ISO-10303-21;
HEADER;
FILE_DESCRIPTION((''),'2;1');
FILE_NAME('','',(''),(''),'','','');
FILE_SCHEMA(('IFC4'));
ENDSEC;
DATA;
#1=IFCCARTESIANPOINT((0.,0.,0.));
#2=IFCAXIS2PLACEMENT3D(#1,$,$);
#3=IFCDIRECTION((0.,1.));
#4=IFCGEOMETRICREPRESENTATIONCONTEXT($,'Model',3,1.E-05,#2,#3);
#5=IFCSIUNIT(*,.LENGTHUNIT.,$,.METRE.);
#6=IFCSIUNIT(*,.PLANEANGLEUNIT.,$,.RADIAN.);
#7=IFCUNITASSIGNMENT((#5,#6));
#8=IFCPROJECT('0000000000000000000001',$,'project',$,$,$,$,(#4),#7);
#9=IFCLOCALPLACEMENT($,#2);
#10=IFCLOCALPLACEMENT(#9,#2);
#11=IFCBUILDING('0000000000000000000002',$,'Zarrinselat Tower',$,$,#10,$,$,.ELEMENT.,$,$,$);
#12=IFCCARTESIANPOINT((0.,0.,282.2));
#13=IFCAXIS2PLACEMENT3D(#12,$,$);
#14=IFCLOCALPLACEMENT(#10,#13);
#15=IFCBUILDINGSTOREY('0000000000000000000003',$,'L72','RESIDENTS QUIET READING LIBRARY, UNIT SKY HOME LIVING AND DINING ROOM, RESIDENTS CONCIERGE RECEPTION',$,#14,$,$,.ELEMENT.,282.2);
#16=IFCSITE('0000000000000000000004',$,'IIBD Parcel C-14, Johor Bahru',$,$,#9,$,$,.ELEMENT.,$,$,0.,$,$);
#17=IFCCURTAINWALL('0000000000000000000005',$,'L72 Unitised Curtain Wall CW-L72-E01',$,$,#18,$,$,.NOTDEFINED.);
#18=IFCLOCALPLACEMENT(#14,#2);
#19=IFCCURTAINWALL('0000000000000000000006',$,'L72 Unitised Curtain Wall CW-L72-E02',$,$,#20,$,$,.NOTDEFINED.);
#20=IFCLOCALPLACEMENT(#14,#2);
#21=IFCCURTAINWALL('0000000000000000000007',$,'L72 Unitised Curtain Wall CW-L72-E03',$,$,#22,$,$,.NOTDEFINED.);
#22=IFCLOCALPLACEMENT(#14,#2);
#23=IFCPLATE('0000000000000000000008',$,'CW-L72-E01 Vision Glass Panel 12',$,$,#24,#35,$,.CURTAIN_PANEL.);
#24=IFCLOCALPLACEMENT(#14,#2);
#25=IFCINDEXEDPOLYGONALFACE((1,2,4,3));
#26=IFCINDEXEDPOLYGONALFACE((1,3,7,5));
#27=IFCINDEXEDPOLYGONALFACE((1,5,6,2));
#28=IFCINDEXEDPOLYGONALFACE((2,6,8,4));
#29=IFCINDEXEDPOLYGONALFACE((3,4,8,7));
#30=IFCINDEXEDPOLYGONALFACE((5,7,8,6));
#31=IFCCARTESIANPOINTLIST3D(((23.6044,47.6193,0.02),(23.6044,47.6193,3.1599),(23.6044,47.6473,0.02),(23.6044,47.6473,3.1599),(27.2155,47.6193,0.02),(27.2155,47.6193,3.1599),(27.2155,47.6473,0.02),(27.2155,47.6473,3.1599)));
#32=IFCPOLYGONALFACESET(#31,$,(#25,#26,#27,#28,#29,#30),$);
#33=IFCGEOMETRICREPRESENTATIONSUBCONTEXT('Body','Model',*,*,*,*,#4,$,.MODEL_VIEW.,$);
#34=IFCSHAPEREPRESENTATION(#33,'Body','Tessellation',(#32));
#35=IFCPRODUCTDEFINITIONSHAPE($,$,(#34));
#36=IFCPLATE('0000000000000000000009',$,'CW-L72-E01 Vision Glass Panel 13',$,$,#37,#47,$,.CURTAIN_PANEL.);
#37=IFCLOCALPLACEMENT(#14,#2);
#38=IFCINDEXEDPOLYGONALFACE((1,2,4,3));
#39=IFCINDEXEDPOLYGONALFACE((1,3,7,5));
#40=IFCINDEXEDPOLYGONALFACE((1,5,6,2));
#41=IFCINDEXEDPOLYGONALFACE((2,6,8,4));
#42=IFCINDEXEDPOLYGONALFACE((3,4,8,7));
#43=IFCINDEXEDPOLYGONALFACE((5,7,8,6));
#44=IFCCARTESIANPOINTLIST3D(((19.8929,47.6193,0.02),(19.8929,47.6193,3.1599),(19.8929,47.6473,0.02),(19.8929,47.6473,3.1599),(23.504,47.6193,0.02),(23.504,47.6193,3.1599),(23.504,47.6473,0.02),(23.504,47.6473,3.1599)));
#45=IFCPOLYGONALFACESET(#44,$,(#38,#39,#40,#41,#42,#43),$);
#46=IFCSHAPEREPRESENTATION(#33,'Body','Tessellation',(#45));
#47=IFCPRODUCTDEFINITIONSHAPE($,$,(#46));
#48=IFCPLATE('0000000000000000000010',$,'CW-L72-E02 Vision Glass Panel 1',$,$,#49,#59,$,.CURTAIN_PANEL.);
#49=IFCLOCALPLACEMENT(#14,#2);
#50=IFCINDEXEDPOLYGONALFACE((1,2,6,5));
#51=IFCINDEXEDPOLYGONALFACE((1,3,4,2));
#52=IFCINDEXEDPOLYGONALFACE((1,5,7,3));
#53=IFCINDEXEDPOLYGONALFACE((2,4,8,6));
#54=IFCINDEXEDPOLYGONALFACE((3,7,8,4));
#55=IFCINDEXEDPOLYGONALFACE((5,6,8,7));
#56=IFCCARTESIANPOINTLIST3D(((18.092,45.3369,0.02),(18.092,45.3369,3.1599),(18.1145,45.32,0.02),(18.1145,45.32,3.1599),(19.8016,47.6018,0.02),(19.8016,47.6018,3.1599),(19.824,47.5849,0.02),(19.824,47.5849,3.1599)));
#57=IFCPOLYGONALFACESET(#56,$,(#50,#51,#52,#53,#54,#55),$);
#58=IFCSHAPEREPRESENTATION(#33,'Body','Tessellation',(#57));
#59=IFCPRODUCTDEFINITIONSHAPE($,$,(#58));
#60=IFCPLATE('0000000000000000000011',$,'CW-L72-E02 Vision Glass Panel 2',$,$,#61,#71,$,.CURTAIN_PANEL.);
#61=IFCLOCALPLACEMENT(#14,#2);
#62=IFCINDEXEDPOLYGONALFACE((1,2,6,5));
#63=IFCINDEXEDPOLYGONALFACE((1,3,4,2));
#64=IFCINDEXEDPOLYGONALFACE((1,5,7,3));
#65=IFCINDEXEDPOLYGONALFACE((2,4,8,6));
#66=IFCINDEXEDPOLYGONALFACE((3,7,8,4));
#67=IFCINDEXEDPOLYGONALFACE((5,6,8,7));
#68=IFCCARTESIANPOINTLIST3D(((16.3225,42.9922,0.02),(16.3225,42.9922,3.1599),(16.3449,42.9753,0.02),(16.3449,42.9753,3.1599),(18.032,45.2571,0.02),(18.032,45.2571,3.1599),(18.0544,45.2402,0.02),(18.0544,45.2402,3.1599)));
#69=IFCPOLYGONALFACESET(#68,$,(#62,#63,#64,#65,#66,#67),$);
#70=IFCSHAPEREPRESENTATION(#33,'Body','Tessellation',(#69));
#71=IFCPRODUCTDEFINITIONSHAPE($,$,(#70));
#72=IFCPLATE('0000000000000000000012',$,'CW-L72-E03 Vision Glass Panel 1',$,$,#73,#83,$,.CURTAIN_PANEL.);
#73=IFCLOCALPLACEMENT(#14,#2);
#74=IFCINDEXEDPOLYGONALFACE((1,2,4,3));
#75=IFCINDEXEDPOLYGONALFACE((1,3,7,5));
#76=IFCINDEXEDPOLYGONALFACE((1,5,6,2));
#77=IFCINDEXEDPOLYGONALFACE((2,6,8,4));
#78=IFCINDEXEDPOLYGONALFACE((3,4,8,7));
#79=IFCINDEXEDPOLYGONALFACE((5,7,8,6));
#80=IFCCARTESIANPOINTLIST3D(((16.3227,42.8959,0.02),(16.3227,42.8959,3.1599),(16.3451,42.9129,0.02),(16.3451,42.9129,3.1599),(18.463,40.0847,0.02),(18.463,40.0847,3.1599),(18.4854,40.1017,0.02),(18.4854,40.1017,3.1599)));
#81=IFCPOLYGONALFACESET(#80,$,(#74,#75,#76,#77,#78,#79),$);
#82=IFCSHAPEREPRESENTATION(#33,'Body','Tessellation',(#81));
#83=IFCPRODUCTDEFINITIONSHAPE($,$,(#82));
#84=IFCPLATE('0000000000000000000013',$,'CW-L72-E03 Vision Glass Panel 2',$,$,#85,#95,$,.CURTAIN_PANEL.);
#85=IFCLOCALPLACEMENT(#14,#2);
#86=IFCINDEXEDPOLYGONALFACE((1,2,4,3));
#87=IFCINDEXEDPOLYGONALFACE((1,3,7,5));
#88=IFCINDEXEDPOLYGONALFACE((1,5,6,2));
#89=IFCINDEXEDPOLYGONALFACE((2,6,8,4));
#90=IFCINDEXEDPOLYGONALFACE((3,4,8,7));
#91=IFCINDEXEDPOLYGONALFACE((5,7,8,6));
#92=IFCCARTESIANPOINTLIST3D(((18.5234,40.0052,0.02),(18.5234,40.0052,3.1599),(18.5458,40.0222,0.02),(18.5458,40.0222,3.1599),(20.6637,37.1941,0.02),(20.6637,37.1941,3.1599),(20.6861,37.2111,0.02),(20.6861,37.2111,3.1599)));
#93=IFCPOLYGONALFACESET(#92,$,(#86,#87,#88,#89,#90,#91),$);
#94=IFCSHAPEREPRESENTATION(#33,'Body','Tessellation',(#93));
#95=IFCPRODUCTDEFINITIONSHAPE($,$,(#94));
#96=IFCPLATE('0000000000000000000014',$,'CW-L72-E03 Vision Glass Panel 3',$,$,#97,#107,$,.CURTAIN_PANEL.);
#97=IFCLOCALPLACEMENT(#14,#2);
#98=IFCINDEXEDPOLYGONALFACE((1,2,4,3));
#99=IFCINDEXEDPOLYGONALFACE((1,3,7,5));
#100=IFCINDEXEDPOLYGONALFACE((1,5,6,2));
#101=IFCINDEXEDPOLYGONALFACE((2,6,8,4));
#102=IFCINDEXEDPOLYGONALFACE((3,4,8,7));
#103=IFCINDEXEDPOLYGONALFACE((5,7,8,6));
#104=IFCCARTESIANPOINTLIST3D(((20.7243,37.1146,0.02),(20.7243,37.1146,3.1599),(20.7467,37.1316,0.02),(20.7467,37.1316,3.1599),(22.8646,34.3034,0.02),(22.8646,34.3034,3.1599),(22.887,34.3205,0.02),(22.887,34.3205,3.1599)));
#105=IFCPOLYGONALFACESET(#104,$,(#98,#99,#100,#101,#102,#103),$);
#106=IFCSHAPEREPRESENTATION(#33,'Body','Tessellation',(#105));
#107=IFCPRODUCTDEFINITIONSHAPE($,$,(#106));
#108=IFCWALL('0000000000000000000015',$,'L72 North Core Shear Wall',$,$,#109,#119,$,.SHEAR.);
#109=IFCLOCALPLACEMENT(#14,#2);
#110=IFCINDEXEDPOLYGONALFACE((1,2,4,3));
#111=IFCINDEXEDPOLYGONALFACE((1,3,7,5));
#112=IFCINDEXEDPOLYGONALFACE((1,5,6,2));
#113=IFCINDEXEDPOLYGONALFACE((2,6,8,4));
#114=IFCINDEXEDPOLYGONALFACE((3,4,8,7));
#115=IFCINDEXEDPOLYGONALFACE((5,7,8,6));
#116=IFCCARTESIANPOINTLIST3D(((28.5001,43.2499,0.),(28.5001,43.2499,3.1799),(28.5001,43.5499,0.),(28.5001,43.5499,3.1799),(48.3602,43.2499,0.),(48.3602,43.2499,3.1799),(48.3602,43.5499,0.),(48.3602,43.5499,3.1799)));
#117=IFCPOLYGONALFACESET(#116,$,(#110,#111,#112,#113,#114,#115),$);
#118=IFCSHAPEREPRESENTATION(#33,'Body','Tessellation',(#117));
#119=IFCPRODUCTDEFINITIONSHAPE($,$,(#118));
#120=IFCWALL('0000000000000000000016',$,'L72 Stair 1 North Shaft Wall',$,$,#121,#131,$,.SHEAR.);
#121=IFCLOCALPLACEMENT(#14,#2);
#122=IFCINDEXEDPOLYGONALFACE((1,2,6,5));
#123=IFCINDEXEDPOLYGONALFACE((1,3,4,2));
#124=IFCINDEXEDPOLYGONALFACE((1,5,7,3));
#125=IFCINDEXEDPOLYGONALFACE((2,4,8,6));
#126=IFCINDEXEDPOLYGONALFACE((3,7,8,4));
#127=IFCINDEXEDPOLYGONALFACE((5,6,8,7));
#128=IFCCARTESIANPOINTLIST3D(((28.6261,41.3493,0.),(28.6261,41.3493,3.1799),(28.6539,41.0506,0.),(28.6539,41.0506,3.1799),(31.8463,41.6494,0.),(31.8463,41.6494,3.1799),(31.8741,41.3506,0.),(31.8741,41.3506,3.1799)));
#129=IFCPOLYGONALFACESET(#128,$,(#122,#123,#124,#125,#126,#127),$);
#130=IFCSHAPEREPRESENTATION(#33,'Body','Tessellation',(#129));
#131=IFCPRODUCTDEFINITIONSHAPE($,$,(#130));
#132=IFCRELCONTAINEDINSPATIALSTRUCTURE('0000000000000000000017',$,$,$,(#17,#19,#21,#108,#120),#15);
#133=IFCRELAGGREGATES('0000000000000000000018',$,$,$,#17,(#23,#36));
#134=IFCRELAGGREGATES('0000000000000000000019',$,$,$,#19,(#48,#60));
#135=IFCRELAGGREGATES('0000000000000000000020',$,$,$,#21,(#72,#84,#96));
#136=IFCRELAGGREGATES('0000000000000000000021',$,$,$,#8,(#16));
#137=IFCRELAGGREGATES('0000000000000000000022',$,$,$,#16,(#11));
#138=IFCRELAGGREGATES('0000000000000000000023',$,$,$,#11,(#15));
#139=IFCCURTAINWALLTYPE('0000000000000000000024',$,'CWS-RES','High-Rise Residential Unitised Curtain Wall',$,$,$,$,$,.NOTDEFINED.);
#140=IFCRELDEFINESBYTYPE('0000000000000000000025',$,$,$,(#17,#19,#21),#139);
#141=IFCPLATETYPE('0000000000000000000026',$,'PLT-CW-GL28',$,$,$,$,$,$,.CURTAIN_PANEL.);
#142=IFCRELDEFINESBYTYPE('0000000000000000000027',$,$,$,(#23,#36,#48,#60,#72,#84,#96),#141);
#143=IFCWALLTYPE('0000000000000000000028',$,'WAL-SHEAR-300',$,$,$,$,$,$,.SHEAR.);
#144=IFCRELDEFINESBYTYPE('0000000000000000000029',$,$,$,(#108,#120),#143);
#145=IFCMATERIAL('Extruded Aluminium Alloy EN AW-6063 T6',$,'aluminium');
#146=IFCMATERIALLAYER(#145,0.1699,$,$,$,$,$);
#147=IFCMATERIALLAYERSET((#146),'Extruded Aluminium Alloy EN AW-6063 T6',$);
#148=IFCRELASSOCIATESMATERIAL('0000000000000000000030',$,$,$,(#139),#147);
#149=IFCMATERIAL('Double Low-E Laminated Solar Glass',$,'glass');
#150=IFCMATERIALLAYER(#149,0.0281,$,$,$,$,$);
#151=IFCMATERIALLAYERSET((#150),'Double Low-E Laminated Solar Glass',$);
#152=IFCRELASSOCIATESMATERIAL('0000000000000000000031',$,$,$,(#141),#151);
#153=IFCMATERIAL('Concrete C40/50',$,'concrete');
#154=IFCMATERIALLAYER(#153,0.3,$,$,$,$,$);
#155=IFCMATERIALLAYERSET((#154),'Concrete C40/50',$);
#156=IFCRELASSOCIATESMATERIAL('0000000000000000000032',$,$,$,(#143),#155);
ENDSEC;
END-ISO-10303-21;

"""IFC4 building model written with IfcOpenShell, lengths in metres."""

from ifc_helpers import new_model, si_unit, direction, frame, frame_2d, origin, origin_2d, place, context, subcontext, project, spatial, rectangle, extrude, material, layer, layer_set, type_object, element, aggregate, save


model = new_model("IFC4")

# Units and contexts
model_context = context("Model", 3, precision=1e-05, world=origin(), true_north=direction((0.0, 1.0)))
body_context = subcontext(model_context, "Body", "Model", "MODEL_VIEW")
ifc_project = project(units=[si_unit("LENGTHUNIT", "METRE"), si_unit("PLANEANGLEUNIT", "RADIAN")], contexts=[model_context])

# Site, building, storey
site_placement = place(None, origin())
site = spatial("IfcSite", under=ifc_project, at=site_placement, Name="IIBD Parcel C-14, Johor Bahru", CompositionType="ELEMENT", RefElevation=0.0)
building_placement = place(site_placement, origin())
building = spatial("IfcBuilding", under=site, at=building_placement, Name="Zarrinselat Tower", CompositionType="ELEMENT")
storey_placement = place(building_placement, frame((0.0, 0.0, 282.2)))
storey = spatial("IfcBuildingStorey", under=building, at=storey_placement, Name="L72", Description="RESIDENTS QUIET READING LIBRARY, UNIT SKY HOME LIVING AND DINING ROOM, RESIDENTS CONCIERGE RECEPTION", CompositionType="ELEMENT", Elevation=282.2)

# Curtain walls
ifc_material_1 = material(Name="Extruded Aluminium Alloy EN AW-6063 T6", Category="aluminium")
ifc_layer_1 = layer(ifc_material_1, 0.1699)
ifc_layer_set_1 = layer_set([ifc_layer_1], Name="Extruded Aluminium Alloy EN AW-6063 T6")
curtain_wall_type = type_object("IfcCurtainWallType", Name="CWS-RES", Description="High-Rise Residential Unitised Curtain Wall", PredefinedType="NOTDEFINED", material=ifc_layer_set_1)
curtain_wall_1_placement = place(storey_placement, origin())
curtain_wall_1 = element("IfcCurtainWall", 1, at=curtain_wall_1_placement, inside=storey, type_object=curtain_wall_type, Name="L72 Unitised Curtain Wall CW-L72-E01", PredefinedType="NOTDEFINED")
curtain_wall_2_placement = place(storey_placement, origin())
curtain_wall_2 = element("IfcCurtainWall", 2, at=curtain_wall_2_placement, inside=storey, type_object=curtain_wall_type, Name="L72 Unitised Curtain Wall CW-L72-E02", PredefinedType="NOTDEFINED")
curtain_wall_3_placement = place(storey_placement, origin())
curtain_wall_3 = element("IfcCurtainWall", 3, at=curtain_wall_3_placement, inside=storey, type_object=curtain_wall_type, Name="L72 Unitised Curtain Wall CW-L72-E03", PredefinedType="NOTDEFINED")

# Plates
ifc_material_2 = material(Name="Double Low-E Laminated Solar Glass", Category="glass")
ifc_layer_2 = layer(ifc_material_2, 0.0281)
ifc_layer_set_2 = layer_set([ifc_layer_2], Name="Double Low-E Laminated Solar Glass")
plate_type = type_object("IfcPlateType", Name="PLT-CW-GL28", PredefinedType="CURTAIN_PANEL", material=ifc_layer_set_2)
plate_1_placement = place(storey_placement, frame((25.4099, 47.6333, 0.02), z_axis=(0.0, 0.0, 1.0), x_axis=(-1.0, 0.0, 0.0)))
plate_1 = element("IfcPlate", 4, at=plate_1_placement, type_object=plate_type, Name="CW-L72-E01 Vision Glass Panel 12", PredefinedType="CURTAIN_PANEL", context=body_context, shape_type="SweptSolid", body=[
    extrude(rectangle(XDim=3.6111, YDim=0.0281, at=origin_2d()), origin(), (0.0, 0.0, 1.0), 3.1399),
])
plate_2_placement = place(storey_placement, frame((21.6985, 47.6333, 0.02), z_axis=(0.0, 0.0, 1.0), x_axis=(-1.0, 0.0, 0.0)))
plate_2 = element("IfcPlate", 5, at=plate_2_placement, type_object=plate_type, Name="CW-L72-E01 Vision Glass Panel 13", PredefinedType="CURTAIN_PANEL", context=body_context, shape_type="SweptSolid", body=[
    extrude(rectangle(XDim=3.6111, YDim=0.0281, at=origin_2d()), origin(), (0.0, 0.0, 1.0), 3.1399),
])
aggregate(curtain_wall_1, [plate_1, plate_2])
plate_3_placement = place(storey_placement, frame((18.958, 46.4609, 0.02), z_axis=(0.0, 0.0, 1.0), x_axis=(-0.60244, -0.798164, 0.0)))
plate_3 = element("IfcPlate", 6, at=plate_3_placement, type_object=plate_type, Name="CW-L72-E02 Vision Glass Panel 1", PredefinedType="CURTAIN_PANEL", context=body_context, shape_type="SweptSolid", body=[
    extrude(rectangle(XDim=2.8376, YDim=0.0281, at=origin_2d()), origin(), (0.0, 0.0, 1.0), 3.1399),
])
plate_4_placement = place(storey_placement, frame((17.1885, 44.1162, 0.02), z_axis=(0.0, 0.0, 1.0), x_axis=(-0.60244, -0.798164, 0.0)))
plate_4 = element("IfcPlate", 7, at=plate_4_placement, type_object=plate_type, Name="CW-L72-E02 Vision Glass Panel 2", PredefinedType="CURTAIN_PANEL", context=body_context, shape_type="SweptSolid", body=[
    extrude(rectangle(XDim=2.8376, YDim=0.0281, at=origin_2d()), origin(), (0.0, 0.0, 1.0), 3.1399),
])
aggregate(curtain_wall_2, [plate_3, plate_4])
plate_5_placement = place(storey_placement, frame((17.4041, 41.4988, 0.02), z_axis=(0.0, 0.0, 1.0), x_axis=(0.605767, -0.795642, 0.0)))
plate_5 = element("IfcPlate", 8, at=plate_5_placement, type_object=plate_type, Name="CW-L72-E03 Vision Glass Panel 1", PredefinedType="CURTAIN_PANEL", context=body_context, shape_type="SweptSolid", body=[
    extrude(rectangle(XDim=3.5332, YDim=0.0281, at=origin_2d()), origin(), (0.0, 0.0, 1.0), 3.1399),
])
plate_6_placement = place(storey_placement, frame((19.6047, 38.6082, 0.02), z_axis=(0.0, 0.0, 1.0), x_axis=(0.605767, -0.795642, 0.0)))
plate_6 = element("IfcPlate", 9, at=plate_6_placement, type_object=plate_type, Name="CW-L72-E03 Vision Glass Panel 2", PredefinedType="CURTAIN_PANEL", context=body_context, shape_type="SweptSolid", body=[
    extrude(rectangle(XDim=3.5332, YDim=0.0281, at=origin_2d()), origin(), (0.0, 0.0, 1.0), 3.1399),
])
plate_7_placement = place(storey_placement, frame((21.8057, 35.7175, 0.02), z_axis=(0.0, 0.0, 1.0), x_axis=(0.605767, -0.795642, 0.0)))
plate_7 = element("IfcPlate", 10, at=plate_7_placement, type_object=plate_type, Name="CW-L72-E03 Vision Glass Panel 3", PredefinedType="CURTAIN_PANEL", context=body_context, shape_type="SweptSolid", body=[
    extrude(rectangle(XDim=3.5332, YDim=0.0281, at=origin_2d()), origin(), (0.0, 0.0, 1.0), 3.1399),
])
aggregate(curtain_wall_3, [plate_5, plate_6, plate_7])

# Walls
ifc_material_3 = material(Name="Concrete C40/50", Category="concrete")
ifc_layer_3 = layer(ifc_material_3, 0.3)
ifc_layer_set_3 = layer_set([ifc_layer_3], Name="Concrete C40/50")
wall_type = type_object("IfcWallType", Name="WAL-SHEAR-300", PredefinedType="SHEAR", material=ifc_layer_set_3)
wall_1_placement = place(storey_placement, frame((28.5, 43.3999, 0.0), z_axis=(0.0, 0.0, 1.0), x_axis=(1.0, 0.0, 0.0)))
element("IfcWall", 11, at=wall_1_placement, inside=storey, type_object=wall_type, Name="L72 North Core Shear Wall", PredefinedType="SHEAR", context=body_context, shape_type="SweptSolid", body=[
    extrude(rectangle(XDim=19.8601, YDim=0.3, at=frame_2d((9.9302, 0.0))), origin(), (0.0, 0.0, 1.0), 3.1799),
])
wall_2_placement = place(storey_placement, frame((28.6399, 41.2, 0.0), z_axis=(0.0, 0.0, 1.0), x_axis=(0.995687, 0.092775, 0.0)))
element("IfcWall", 12, at=wall_2_placement, inside=storey, type_object=wall_type, Name="L72 Stair 1 North Shaft Wall", PredefinedType="SHEAR", context=body_context, shape_type="SweptSolid", body=[
    extrude(rectangle(XDim=3.2341, YDim=0.3, at=frame_2d((1.6172, 0.0))), origin(), (0.0, 0.0, 1.0), 3.1799),
])

save(model, "model.ifc")
